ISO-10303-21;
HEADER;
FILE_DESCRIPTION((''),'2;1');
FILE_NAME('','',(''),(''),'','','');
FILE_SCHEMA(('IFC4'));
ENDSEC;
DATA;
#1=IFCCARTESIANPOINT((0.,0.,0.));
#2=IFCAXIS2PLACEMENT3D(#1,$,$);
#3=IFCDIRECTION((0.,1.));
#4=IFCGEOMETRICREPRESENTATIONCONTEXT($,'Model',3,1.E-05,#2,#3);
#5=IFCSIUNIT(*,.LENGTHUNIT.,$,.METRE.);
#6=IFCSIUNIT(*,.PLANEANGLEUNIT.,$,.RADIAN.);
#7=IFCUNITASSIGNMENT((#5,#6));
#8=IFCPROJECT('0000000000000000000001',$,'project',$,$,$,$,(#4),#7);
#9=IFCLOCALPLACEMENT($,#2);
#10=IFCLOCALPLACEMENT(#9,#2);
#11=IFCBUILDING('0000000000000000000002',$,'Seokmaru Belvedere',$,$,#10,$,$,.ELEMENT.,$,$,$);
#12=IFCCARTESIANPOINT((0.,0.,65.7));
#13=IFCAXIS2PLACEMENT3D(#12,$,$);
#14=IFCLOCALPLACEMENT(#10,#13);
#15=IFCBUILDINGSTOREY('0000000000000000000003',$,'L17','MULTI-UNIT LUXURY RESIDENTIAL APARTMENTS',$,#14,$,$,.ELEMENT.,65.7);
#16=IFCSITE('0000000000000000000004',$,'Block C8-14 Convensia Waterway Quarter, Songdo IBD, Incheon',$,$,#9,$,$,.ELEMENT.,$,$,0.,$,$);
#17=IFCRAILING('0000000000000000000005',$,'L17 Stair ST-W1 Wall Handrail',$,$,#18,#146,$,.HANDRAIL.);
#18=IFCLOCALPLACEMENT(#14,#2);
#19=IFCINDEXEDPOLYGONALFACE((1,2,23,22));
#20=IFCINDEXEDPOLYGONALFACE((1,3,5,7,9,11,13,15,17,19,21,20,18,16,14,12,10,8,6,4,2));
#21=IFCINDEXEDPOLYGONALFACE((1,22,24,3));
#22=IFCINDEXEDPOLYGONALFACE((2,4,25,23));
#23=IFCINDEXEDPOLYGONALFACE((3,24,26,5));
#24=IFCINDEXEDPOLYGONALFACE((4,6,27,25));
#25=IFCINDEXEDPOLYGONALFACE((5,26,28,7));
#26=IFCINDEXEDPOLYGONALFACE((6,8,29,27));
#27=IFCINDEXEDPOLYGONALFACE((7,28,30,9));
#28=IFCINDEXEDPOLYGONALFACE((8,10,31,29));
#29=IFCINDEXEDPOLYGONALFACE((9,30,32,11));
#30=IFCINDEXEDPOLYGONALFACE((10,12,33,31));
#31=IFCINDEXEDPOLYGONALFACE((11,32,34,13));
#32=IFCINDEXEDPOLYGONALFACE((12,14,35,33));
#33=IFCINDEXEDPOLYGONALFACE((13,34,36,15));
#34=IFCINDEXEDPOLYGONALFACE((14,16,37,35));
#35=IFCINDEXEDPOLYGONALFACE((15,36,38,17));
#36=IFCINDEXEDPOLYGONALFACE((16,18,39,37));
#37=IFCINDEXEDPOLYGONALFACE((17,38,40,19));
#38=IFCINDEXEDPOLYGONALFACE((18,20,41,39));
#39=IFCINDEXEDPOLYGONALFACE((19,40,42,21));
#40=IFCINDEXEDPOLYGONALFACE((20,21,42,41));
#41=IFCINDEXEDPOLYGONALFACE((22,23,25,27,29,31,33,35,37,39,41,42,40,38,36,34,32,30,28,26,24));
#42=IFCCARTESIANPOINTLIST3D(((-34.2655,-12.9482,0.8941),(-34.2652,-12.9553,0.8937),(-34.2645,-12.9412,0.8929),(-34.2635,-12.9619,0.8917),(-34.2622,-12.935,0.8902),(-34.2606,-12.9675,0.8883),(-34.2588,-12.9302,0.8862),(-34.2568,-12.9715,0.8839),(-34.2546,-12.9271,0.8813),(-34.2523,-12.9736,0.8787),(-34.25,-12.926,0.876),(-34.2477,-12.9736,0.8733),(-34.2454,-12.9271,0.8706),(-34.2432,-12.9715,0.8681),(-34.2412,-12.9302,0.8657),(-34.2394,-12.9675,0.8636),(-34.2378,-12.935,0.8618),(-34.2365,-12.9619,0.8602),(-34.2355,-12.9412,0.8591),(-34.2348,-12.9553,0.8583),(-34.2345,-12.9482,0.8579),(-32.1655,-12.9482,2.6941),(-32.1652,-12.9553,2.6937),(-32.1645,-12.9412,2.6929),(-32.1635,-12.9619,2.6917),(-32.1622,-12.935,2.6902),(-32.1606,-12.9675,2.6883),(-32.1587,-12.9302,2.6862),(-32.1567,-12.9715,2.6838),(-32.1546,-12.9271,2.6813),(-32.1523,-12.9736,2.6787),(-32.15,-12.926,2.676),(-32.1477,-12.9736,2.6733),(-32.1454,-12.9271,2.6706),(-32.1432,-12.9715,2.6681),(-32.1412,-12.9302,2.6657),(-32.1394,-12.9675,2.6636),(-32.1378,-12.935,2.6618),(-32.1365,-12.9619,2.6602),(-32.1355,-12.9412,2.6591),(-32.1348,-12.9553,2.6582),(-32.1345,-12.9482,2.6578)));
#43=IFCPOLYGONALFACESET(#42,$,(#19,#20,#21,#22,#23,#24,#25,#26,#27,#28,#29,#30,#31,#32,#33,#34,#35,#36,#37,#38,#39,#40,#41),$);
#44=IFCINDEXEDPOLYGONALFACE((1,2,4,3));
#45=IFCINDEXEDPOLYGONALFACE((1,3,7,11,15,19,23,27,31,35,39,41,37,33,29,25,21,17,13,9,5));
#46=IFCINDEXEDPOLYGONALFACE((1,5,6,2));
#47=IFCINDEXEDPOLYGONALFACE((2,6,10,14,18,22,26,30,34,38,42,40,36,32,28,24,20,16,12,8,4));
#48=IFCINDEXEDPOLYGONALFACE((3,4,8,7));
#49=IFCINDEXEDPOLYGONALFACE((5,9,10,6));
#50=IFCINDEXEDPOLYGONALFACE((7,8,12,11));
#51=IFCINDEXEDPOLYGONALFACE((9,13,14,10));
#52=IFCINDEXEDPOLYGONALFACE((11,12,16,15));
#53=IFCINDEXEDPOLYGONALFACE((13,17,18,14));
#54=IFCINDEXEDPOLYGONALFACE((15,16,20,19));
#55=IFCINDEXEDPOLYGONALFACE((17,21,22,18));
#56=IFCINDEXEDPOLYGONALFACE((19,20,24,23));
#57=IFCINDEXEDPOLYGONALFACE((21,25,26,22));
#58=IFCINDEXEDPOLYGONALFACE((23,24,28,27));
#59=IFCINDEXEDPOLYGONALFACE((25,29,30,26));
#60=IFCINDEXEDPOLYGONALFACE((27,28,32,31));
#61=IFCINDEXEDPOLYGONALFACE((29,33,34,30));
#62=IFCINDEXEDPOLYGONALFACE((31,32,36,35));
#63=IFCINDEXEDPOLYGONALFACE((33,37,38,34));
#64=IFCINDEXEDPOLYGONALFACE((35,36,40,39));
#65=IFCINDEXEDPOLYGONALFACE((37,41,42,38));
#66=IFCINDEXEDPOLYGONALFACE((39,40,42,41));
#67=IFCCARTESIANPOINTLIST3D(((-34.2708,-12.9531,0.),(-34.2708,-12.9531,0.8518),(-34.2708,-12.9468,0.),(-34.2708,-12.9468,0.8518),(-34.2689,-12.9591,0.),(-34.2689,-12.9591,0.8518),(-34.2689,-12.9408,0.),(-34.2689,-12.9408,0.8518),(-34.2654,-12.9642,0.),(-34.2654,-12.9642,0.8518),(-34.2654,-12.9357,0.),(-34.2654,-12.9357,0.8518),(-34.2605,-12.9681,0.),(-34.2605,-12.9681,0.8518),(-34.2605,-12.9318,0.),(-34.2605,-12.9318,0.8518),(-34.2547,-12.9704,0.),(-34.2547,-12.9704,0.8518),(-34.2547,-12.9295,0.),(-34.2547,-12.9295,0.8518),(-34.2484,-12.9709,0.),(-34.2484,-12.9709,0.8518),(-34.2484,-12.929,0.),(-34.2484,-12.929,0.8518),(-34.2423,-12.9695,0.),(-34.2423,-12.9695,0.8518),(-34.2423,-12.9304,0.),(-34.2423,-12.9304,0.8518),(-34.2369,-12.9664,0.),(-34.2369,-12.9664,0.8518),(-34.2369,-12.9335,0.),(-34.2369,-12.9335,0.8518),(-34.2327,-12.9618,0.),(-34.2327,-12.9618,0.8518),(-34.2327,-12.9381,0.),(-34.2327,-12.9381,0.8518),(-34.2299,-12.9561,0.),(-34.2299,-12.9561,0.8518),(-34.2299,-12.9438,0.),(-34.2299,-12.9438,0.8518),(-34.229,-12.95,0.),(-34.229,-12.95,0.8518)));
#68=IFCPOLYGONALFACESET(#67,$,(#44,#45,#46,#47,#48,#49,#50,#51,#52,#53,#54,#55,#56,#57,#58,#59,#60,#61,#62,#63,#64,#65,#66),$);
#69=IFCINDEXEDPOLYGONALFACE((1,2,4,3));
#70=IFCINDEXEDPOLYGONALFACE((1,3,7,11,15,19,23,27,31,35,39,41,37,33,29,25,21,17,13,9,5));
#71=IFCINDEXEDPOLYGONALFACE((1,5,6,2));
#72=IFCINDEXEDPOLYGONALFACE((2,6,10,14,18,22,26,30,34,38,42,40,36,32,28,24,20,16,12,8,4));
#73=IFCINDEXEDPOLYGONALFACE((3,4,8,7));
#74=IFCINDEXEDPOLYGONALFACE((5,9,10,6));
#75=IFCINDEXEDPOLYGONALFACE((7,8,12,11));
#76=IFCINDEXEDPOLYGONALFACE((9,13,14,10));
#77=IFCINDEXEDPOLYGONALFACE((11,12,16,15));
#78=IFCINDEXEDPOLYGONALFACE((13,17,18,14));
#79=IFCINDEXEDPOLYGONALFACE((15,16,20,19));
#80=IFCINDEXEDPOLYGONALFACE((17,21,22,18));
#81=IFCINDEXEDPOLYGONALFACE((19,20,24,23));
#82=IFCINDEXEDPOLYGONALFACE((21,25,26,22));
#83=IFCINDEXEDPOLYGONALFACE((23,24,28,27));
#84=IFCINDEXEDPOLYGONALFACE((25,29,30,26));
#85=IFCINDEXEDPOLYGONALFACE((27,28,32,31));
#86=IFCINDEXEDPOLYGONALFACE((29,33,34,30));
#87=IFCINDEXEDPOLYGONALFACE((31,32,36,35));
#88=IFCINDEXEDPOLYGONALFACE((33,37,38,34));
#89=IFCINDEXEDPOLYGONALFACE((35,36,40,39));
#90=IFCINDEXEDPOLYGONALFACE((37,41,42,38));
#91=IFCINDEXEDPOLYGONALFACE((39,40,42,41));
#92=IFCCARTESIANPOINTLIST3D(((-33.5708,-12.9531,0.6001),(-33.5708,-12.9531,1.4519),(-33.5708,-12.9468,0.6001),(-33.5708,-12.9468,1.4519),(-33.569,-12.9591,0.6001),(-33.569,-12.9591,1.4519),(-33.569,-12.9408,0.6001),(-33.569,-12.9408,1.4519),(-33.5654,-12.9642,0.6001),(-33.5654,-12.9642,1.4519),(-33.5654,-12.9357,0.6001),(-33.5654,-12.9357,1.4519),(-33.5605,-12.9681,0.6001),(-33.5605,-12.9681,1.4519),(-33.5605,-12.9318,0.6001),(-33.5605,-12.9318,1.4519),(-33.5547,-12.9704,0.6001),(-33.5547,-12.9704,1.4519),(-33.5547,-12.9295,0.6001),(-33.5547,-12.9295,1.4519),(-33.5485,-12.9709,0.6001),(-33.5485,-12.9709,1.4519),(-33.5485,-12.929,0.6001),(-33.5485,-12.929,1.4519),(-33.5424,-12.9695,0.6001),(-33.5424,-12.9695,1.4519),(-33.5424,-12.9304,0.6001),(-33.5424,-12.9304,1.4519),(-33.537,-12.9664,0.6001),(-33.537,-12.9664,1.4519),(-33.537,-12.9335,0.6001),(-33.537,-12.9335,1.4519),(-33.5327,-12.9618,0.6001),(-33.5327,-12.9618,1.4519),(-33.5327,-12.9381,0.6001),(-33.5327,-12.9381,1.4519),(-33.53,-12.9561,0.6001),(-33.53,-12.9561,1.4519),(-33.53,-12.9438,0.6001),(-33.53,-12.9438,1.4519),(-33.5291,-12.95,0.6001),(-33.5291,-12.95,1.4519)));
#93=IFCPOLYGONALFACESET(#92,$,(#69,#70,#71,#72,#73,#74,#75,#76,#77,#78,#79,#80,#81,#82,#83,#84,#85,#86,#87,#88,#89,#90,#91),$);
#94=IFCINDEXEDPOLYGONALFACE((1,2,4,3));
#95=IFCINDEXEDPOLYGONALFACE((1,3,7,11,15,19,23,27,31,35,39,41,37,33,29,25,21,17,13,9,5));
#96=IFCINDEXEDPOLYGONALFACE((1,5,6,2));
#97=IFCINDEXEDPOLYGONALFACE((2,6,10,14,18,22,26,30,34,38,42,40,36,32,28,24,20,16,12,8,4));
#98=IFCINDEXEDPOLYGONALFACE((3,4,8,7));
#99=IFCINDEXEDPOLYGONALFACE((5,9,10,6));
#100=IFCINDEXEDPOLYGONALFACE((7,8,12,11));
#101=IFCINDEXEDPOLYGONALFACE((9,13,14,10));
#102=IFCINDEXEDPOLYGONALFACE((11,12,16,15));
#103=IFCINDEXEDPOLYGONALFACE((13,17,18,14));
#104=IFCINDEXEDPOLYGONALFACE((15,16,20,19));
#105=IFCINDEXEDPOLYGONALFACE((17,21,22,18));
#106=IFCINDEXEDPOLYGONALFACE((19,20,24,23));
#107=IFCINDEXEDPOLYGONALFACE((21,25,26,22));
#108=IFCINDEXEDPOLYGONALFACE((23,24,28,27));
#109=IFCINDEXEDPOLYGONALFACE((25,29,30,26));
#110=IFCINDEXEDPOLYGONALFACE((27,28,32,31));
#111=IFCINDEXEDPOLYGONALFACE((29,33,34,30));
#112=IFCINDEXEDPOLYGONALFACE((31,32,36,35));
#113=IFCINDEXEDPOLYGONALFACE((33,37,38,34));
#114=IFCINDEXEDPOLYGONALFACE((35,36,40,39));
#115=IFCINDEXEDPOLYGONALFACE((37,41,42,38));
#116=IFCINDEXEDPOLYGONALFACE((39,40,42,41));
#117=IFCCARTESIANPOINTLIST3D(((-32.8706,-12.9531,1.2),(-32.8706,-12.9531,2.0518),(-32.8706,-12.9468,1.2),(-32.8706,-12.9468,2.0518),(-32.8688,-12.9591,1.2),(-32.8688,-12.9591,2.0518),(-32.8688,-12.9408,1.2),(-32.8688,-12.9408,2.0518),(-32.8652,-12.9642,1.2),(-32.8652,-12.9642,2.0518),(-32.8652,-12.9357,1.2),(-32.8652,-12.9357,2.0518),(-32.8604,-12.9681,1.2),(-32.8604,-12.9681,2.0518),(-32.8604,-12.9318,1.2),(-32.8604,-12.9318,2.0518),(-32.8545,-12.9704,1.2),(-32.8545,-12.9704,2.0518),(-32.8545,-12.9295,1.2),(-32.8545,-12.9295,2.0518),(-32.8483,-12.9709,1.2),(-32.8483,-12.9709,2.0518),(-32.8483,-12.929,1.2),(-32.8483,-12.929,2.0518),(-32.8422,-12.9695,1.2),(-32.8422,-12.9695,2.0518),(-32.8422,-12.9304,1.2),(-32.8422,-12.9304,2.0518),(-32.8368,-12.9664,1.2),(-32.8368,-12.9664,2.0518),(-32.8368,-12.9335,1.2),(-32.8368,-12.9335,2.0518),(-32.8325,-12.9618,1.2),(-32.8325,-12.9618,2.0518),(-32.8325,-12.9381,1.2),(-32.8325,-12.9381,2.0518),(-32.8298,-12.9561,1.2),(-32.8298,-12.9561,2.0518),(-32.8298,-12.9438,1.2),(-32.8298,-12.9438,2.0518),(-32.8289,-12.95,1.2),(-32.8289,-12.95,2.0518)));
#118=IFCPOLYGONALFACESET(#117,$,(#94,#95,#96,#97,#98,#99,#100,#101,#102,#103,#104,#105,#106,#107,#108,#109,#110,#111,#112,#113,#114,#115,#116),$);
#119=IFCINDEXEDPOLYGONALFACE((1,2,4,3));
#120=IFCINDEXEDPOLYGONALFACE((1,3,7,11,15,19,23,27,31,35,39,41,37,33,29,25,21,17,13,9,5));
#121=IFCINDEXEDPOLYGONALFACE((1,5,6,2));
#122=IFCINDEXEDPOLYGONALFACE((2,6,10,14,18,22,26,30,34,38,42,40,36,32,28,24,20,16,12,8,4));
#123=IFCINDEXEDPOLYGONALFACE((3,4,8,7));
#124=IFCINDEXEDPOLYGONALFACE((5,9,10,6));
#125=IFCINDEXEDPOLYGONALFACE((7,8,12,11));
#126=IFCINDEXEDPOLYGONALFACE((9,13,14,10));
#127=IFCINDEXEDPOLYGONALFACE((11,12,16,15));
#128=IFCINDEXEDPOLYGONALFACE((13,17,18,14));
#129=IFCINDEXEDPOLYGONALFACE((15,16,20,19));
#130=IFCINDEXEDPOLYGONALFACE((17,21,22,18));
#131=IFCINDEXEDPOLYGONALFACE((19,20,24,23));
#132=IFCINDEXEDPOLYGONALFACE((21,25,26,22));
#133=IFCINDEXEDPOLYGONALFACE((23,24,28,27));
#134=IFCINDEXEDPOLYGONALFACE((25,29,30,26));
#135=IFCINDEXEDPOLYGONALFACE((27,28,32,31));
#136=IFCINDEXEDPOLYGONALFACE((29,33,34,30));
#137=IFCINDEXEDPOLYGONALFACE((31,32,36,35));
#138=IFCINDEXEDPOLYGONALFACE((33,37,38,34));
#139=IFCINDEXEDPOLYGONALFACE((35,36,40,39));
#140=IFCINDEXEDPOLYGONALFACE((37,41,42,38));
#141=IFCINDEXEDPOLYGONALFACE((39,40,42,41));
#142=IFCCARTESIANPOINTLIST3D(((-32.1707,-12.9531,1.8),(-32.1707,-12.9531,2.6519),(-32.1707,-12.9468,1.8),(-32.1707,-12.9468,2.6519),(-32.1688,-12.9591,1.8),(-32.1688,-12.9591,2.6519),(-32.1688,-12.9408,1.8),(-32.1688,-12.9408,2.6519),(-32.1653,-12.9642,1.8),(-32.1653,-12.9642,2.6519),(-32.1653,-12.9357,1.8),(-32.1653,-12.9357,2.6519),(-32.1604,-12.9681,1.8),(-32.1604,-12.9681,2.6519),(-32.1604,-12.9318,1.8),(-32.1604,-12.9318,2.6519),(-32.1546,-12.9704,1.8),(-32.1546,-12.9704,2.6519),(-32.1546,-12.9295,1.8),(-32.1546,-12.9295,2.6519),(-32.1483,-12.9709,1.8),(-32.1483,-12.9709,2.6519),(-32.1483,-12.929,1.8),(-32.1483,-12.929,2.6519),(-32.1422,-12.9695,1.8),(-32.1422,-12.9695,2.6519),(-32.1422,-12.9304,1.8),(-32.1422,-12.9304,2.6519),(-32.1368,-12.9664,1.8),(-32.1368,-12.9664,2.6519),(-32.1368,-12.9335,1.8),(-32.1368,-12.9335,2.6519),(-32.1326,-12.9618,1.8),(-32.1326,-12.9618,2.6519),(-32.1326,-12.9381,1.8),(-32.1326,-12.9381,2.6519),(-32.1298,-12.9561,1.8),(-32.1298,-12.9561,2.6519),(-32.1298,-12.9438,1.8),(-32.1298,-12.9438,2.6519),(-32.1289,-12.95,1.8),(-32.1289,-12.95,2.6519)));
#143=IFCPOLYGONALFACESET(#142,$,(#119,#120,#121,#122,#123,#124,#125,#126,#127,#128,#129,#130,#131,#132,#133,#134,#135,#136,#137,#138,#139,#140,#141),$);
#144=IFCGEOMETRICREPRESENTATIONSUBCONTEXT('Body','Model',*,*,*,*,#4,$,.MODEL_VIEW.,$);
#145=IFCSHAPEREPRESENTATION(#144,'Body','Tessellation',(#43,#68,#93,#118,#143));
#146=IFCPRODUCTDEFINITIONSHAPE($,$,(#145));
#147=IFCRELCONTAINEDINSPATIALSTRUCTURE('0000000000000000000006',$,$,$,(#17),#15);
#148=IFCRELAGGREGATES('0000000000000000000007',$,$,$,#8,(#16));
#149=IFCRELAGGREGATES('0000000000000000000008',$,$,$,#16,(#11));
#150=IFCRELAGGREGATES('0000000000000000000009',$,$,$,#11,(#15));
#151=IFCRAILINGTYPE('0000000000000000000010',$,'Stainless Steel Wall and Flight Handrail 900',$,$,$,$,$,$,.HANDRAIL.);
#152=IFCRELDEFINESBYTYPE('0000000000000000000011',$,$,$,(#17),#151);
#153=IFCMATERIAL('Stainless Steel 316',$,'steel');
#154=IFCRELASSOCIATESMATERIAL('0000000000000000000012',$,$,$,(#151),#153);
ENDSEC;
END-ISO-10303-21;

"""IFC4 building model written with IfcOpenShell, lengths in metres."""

from ifc_helpers import new_model, si_unit, direction, frame, origin, origin_2d, place, context, subcontext, project, spatial, circle, extrude, material, type_object, element, save


model = new_model("IFC4")

# Units and contexts
model_context = context("Model", 3, precision=1e-05, world=origin(), true_north=direction((0.0, 1.0)))
body_context = subcontext(model_context, "Body", "Model", "MODEL_VIEW")
ifc_project = project(units=[si_unit("LENGTHUNIT", "METRE"), si_unit("PLANEANGLEUNIT", "RADIAN")], contexts=[model_context])

# Site, building, storey
site_placement = place(None, origin())
site = spatial("IfcSite", under=ifc_project, at=site_placement, Name="Block C8-14 Convensia Waterway Quarter, Songdo IBD, Incheon", CompositionType="ELEMENT", RefElevation=0.0)
building_placement = place(site_placement, origin())
building = spatial("IfcBuilding", under=site, at=building_placement, Name="Seokmaru Belvedere", CompositionType="ELEMENT")
storey_placement = place(building_placement, frame((0.0, 0.0, 65.7)))
storey = spatial("IfcBuildingStorey", under=building, at=storey_placement, Name="L17", Description="MULTI-UNIT LUXURY RESIDENTIAL APARTMENTS", CompositionType="ELEMENT", Elevation=65.7)

# Shared definitions
ifc_material_1 = material(Name="Stainless Steel 316", Category="steel")

# Railing
railing_type_1 = type_object("IfcRailingType", Name="Stainless Steel Wall and Flight Handrail 900", PredefinedType="HANDRAIL", material=ifc_material_1)
railing_1_placement = place(storey_placement, frame((-34.25, -12.95, 0.0)))
element("IfcRailing", 1, at=railing_1_placement, inside=storey, type_object=railing_type_1, Name="L17 Stair ST-W1 Wall Handrail", PredefinedType="HANDRAIL", context=body_context, shape_type="SweptSolid", body=[
    extrude(circle(Radius=0.0239, at=origin_2d()), frame((0.0, 0.0, 0.876), z_axis=(0.759263, 0.0, 0.650784), x_axis=(0.0, 1.0, 0.0)), (0.0, 0.0, 1.0), 2.7659),
    extrude(circle(Radius=0.021, at=origin_2d()), origin(), (0.0, 0.0, 1.0), 0.8518),
    extrude(circle(Radius=0.021, at=origin_2d()), frame((0.7, 0.0, 0.6001)), (0.0, 0.0, 1.0), 0.8518),
    extrude(circle(Radius=0.021, at=origin_2d()), frame((1.4001, 0.0, 1.2)), (0.0, 0.0, 1.0), 0.8518),
    extrude(circle(Radius=0.021, at=origin_2d()), frame((2.1001, 0.0, 1.8)), (0.0, 0.0, 1.0), 0.8518),
])

save(model, "model.ifc")
